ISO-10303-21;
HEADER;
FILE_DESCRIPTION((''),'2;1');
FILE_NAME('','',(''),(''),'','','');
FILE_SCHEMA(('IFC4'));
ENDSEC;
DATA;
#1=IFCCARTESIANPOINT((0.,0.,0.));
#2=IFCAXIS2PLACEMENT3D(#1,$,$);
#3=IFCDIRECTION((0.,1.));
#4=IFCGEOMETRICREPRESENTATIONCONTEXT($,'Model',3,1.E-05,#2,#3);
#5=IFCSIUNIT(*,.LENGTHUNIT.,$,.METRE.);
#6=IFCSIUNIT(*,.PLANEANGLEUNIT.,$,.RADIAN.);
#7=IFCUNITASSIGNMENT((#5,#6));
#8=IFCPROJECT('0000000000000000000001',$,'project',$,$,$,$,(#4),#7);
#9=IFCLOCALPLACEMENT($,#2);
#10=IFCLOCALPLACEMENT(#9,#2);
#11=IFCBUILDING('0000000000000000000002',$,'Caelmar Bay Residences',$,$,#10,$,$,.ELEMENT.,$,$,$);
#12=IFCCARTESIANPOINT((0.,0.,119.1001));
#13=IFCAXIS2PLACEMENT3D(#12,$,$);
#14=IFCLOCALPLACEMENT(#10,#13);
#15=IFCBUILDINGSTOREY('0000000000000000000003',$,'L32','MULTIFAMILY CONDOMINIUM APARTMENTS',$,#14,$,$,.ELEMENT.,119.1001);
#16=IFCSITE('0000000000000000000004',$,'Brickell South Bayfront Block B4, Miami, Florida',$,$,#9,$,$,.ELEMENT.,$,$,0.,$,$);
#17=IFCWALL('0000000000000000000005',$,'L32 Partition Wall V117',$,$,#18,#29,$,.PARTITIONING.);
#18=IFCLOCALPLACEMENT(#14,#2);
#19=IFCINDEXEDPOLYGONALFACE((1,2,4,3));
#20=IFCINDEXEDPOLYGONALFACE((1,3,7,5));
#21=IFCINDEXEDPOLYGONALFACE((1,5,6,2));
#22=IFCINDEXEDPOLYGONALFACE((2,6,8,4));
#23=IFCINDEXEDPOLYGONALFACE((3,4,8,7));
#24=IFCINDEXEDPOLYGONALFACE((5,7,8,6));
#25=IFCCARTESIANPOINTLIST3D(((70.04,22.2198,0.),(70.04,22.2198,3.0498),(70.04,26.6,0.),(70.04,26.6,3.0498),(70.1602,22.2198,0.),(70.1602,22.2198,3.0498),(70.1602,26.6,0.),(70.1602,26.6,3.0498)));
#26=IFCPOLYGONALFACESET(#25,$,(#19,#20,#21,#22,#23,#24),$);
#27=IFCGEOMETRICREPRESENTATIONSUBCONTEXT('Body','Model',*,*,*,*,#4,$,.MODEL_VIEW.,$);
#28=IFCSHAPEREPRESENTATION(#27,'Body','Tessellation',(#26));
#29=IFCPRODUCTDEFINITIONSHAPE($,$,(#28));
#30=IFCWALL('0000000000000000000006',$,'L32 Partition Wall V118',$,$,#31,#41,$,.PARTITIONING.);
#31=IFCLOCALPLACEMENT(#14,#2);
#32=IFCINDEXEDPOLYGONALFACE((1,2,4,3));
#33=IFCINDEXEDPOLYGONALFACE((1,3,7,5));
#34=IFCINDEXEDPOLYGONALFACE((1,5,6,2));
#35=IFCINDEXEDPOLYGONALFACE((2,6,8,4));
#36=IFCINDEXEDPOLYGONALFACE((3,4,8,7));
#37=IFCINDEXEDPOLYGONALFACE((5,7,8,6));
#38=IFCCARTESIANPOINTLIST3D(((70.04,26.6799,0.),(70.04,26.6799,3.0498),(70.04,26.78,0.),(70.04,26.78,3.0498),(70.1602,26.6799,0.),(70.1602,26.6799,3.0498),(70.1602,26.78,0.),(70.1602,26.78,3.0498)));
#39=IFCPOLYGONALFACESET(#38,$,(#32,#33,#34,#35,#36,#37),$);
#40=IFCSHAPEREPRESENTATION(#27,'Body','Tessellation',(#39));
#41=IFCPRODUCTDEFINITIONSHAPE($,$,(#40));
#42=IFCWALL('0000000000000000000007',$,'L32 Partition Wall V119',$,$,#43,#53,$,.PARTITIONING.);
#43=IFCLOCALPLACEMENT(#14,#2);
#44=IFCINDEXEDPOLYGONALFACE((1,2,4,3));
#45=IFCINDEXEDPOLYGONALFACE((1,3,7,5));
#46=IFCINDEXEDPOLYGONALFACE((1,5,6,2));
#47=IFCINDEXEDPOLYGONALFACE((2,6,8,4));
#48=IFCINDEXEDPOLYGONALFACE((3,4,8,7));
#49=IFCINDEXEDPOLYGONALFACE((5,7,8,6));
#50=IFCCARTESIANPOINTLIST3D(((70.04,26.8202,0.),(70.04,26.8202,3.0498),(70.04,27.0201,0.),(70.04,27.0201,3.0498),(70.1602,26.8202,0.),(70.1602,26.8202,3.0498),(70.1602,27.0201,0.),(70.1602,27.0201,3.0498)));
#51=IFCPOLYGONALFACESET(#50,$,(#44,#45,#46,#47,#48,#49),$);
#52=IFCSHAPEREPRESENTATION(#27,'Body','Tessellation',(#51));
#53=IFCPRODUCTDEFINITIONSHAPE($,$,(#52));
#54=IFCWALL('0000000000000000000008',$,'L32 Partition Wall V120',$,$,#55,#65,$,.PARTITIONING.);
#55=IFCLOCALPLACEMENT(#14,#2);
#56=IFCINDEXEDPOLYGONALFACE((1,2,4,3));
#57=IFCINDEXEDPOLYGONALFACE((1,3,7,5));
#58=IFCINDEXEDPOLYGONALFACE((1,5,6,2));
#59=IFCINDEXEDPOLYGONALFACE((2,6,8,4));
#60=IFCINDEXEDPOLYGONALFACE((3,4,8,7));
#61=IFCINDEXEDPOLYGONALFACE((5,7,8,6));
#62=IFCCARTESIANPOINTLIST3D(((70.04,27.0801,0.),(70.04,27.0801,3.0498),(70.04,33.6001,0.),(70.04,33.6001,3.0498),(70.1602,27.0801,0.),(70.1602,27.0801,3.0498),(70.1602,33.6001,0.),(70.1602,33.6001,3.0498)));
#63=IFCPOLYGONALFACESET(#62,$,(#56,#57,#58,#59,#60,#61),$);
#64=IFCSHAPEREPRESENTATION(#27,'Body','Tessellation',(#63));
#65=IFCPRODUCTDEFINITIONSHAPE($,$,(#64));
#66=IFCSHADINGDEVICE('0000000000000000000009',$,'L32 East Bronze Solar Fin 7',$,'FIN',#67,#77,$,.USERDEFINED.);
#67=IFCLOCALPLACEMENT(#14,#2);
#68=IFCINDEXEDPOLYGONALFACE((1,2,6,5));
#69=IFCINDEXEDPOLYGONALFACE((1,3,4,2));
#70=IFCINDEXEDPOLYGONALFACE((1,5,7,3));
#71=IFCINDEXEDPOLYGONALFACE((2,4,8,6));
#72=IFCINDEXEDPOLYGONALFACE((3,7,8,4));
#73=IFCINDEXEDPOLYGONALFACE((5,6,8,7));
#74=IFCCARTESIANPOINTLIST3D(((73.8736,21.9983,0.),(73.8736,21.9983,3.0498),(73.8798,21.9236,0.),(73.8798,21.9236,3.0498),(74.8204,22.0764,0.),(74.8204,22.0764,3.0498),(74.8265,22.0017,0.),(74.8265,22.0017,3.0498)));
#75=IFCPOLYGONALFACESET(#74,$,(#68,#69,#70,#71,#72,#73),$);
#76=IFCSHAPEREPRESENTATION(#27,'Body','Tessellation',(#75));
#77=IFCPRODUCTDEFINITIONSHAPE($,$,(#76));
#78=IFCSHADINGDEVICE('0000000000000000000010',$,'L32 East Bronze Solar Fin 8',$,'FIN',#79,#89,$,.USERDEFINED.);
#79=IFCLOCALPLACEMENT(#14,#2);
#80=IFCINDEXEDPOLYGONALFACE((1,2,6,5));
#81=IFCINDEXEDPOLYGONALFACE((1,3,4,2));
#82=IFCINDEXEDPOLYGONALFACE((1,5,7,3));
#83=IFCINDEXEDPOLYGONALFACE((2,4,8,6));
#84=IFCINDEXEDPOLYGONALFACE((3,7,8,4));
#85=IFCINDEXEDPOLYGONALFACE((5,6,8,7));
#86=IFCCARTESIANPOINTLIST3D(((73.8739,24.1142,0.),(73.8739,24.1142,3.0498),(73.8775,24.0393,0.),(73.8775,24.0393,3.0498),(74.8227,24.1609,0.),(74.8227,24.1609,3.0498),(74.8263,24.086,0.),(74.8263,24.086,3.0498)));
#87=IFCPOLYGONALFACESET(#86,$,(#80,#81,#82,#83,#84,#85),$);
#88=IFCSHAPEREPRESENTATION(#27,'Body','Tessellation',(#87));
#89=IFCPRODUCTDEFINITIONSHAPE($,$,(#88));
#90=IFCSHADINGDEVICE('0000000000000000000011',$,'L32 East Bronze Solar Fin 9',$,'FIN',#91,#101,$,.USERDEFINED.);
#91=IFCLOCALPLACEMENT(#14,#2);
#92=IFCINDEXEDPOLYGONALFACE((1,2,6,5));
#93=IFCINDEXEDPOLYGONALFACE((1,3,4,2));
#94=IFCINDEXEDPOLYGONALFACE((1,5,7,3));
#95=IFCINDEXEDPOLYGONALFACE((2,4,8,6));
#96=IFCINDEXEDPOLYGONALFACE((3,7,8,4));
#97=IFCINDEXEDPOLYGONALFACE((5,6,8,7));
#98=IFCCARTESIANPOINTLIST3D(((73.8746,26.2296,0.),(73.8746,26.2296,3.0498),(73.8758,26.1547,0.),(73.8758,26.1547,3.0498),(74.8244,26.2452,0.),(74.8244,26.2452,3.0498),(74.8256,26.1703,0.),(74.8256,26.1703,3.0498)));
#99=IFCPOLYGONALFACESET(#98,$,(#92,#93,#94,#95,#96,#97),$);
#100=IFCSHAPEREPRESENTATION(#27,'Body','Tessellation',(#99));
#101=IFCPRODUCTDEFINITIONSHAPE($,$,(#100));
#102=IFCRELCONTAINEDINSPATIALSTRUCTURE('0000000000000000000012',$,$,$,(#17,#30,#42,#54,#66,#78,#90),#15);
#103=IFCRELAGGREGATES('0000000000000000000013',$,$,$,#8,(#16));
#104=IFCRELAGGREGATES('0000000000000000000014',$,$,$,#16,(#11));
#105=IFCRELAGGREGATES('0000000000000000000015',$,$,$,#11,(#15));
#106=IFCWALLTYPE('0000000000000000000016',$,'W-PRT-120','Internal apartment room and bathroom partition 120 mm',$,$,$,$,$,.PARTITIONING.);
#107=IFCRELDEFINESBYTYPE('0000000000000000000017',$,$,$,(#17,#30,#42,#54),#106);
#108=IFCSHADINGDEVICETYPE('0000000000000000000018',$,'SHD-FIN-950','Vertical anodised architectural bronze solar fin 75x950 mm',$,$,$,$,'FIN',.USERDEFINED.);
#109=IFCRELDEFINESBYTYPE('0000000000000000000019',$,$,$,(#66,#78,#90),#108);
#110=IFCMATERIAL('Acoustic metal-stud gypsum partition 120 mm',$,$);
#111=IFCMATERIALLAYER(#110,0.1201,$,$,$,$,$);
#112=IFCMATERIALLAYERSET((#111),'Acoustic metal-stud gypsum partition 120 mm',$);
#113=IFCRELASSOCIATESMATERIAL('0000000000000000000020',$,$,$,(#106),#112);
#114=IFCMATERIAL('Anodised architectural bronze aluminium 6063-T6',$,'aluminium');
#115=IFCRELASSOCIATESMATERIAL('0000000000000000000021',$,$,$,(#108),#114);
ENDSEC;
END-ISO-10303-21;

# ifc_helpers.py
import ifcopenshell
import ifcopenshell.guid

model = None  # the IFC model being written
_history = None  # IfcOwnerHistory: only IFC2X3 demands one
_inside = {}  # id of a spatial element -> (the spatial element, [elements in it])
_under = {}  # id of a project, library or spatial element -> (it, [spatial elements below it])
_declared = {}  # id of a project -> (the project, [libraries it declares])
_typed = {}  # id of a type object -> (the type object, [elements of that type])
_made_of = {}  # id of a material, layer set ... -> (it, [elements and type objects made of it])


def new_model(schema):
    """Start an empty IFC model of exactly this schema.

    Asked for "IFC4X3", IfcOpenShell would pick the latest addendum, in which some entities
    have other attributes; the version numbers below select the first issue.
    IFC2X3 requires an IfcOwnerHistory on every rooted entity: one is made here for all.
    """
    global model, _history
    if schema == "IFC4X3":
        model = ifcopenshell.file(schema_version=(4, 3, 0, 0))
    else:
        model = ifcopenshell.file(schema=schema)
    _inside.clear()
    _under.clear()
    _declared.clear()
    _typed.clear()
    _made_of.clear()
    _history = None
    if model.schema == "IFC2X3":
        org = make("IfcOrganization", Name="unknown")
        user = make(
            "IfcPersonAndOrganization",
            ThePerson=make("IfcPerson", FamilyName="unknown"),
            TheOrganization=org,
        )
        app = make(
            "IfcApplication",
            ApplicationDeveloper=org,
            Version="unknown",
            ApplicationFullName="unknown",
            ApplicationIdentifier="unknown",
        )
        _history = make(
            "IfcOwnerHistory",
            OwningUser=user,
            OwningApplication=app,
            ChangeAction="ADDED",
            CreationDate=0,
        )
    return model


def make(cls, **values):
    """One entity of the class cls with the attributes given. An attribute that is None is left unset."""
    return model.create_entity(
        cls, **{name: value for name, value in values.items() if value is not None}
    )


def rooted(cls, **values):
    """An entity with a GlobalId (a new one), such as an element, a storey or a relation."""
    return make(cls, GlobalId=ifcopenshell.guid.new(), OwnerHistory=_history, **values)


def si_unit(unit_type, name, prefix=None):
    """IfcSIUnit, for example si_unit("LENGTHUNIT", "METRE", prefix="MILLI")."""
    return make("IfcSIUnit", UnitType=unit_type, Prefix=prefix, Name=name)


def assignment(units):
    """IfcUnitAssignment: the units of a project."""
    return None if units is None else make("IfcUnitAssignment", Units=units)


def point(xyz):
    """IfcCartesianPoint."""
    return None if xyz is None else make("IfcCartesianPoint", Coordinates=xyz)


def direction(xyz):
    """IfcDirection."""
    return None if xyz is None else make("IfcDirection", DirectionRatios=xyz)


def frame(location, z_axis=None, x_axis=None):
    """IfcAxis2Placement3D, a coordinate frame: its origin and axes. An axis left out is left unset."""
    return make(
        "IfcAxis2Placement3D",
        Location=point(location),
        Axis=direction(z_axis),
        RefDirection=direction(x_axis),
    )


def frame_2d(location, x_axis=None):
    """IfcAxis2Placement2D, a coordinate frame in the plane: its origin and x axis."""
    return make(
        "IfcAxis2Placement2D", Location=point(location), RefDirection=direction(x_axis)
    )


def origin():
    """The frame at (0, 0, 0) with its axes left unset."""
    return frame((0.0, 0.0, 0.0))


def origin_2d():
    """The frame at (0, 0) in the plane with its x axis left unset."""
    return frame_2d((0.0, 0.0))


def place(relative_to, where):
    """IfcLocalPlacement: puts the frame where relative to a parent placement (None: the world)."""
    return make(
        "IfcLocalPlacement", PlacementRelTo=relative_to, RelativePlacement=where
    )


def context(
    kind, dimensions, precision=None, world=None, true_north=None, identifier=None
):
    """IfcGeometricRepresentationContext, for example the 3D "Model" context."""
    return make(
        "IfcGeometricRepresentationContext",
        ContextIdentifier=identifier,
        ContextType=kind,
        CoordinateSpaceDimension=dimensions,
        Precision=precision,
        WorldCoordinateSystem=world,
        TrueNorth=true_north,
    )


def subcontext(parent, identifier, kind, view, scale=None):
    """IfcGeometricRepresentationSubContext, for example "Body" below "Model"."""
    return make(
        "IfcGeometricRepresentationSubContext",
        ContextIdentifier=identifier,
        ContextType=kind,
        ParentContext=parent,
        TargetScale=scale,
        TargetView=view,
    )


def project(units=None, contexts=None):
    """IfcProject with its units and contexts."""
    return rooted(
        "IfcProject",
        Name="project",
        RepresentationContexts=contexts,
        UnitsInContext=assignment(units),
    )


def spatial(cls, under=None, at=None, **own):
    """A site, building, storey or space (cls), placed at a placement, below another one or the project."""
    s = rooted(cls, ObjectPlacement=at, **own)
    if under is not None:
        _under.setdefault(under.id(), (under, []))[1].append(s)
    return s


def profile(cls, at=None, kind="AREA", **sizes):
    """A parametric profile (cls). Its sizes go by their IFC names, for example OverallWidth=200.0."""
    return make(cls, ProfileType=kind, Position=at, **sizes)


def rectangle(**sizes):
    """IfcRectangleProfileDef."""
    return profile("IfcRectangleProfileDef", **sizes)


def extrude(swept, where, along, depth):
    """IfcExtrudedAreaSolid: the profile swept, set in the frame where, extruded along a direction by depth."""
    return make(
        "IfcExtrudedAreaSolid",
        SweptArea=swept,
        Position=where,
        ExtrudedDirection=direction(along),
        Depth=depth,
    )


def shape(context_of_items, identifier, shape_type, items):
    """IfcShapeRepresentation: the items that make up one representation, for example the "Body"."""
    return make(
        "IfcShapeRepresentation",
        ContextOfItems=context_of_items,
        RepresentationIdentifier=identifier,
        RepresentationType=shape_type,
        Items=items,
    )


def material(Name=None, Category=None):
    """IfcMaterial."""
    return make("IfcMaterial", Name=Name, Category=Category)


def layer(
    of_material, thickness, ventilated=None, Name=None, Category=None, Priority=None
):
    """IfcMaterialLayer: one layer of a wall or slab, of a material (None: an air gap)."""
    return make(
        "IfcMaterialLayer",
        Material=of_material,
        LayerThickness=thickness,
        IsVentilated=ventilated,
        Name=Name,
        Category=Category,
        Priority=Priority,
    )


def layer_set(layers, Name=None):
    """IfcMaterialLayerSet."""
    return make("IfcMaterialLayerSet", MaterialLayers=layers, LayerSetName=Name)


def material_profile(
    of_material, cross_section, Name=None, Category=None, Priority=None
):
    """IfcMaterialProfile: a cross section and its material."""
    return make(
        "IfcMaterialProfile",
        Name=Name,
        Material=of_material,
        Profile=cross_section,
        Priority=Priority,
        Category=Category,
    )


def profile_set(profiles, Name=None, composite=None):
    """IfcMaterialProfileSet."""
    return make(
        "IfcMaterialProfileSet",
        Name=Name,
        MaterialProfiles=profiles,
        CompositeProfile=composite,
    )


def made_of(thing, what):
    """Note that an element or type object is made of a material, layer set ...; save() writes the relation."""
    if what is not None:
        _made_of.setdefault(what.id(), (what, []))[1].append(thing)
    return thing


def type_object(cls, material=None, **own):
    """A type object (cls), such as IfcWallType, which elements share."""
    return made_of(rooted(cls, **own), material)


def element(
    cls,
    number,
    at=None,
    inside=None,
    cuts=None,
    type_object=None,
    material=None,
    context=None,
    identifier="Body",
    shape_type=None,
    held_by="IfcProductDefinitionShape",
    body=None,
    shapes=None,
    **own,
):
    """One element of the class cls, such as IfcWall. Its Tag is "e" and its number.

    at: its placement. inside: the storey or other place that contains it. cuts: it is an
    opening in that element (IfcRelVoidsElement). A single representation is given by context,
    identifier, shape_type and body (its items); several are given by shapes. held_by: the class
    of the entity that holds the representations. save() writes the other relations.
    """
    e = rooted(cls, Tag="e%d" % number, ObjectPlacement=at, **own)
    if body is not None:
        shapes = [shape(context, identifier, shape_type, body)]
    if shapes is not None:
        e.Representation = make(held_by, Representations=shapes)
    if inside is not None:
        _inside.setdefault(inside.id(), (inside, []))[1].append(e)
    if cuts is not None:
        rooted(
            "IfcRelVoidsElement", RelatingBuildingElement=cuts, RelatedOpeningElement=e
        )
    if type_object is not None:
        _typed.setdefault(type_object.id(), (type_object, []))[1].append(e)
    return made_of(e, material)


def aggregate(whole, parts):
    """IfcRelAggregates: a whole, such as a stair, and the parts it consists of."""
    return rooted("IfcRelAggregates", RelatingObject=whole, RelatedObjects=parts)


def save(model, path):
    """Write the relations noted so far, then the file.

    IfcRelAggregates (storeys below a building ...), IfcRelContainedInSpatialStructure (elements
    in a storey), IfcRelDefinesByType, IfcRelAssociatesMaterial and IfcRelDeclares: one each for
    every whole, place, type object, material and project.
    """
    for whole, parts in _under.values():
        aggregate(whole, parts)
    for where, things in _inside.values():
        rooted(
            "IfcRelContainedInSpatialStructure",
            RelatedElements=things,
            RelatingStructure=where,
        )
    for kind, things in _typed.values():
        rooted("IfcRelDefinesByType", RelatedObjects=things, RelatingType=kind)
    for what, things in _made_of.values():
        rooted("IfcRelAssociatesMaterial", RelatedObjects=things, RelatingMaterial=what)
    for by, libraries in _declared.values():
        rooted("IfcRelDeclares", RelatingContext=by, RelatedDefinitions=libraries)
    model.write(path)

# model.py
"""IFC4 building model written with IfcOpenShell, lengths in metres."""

from ifc_helpers import new_model, si_unit, direction, frame, frame_2d, origin, origin_2d, place, context, subcontext, project, spatial, rectangle, extrude, material, layer, layer_set, material_profile, profile_set, type_object, element, save


model = new_model("IFC4")

# Units and contexts
model_context = context("Model", 3, precision=1e-05, world=origin(), true_north=direction((0.0, 1.0)))
body_context = subcontext(model_context, "Body", "Model", "MODEL_VIEW")
ifc_project = project(units=[si_unit("LENGTHUNIT", "METRE"), si_unit("PLANEANGLEUNIT", "RADIAN")], contexts=[model_context])

# Site, building, storey
site_placement = place(None, origin())
site = spatial("IfcSite", under=ifc_project, at=site_placement, Name="Brickell South Bayfront Block B4, Miami, Florida", CompositionType="ELEMENT", RefElevation=0.0)
building_placement = place(site_placement, origin())
building = spatial("IfcBuilding", under=site, at=building_placement, Name="Caelmar Bay Residences", CompositionType="ELEMENT")
storey_placement = place(building_placement, frame((0.0, 0.0, 119.1001)))
storey = spatial("IfcBuildingStorey", under=building, at=storey_placement, Name="L32", Description="MULTIFAMILY CONDOMINIUM APARTMENTS", CompositionType="ELEMENT", Elevation=119.1001)

# Shared definitions
ifc_material_1 = material(Name="Acoustic metal-stud gypsum partition 120 mm")
ifc_layer_1 = layer(ifc_material_1, 0.1201)
ifc_layer_set_1 = layer_set([ifc_layer_1], Name="Acoustic metal-stud gypsum partition 120 mm")
wall_type = type_object("IfcWallType", Name="W-PRT-120", Description="Internal apartment room and bathroom partition 120 mm", PredefinedType="PARTITIONING", material=ifc_layer_set_1)

# Walls
wall_1_placement = place(storey_placement, frame((70.1001, 22.22, 0.0), z_axis=(0.0, 0.0, 1.0), x_axis=(0.0, 1.0, 0.0)))
element("IfcWall", 1, at=wall_1_placement, inside=storey, type_object=wall_type, Name="L32 Partition Wall V117", PredefinedType="PARTITIONING", context=body_context, shape_type="SweptSolid", body=[
    extrude(rectangle(XDim=4.3801, YDim=0.1201, at=frame_2d((2.1899, 0.0))), origin(), (0.0, 0.0, 1.0), 3.0498),
])
wall_2_placement = place(storey_placement, frame((70.1001, 26.6799, 0.0), z_axis=(0.0, 0.0, 1.0), x_axis=(0.0, 1.0, 0.0)))
element("IfcWall", 2, at=wall_2_placement, inside=storey, type_object=wall_type, Name="L32 Partition Wall V118", PredefinedType="PARTITIONING", context=body_context, shape_type="SweptSolid", body=[
    extrude(rectangle(XDim=0.1001, YDim=0.1201, at=frame_2d((0.05, 0.0))), origin(), (0.0, 0.0, 1.0), 3.0498),
])
wall_3_placement = place(storey_placement, frame((70.1001, 26.8201, 0.0), z_axis=(0.0, 0.0, 1.0), x_axis=(0.0, 1.0, 0.0)))
element("IfcWall", 3, at=wall_3_placement, inside=storey, type_object=wall_type, Name="L32 Partition Wall V119", PredefinedType="PARTITIONING", context=body_context, shape_type="SweptSolid", body=[
    extrude(rectangle(XDim=0.2, YDim=0.1201, at=frame_2d((0.1001, 0.0))), origin(), (0.0, 0.0, 1.0), 3.0498),
])
wall_4_placement = place(storey_placement, frame((70.1001, 27.0801, 0.0), z_axis=(0.0, 0.0, 1.0), x_axis=(0.0, 1.0, 0.0)))
element("IfcWall", 4, at=wall_4_placement, inside=storey, type_object=wall_type, Name="L32 Partition Wall V120", PredefinedType="PARTITIONING", context=body_context, shape_type="SweptSolid", body=[
    extrude(rectangle(XDim=6.52, YDim=0.1201, at=frame_2d((3.26, 0.0))), origin(), (0.0, 0.0, 1.0), 3.0498),
])

# Shading devices
ifc_material_2 = material(Name="Anodised architectural bronze aluminium 6063-T6", Category="aluminium")
ifc_material_profile_1 = material_profile(ifc_material_2, rectangle(XDim=0.075, YDim=0.95, at=origin_2d()), Name="BRONZE-FIN-75X950")
ifc_profile_set_1 = profile_set([ifc_material_profile_1], Name="Anodised architectural bronze aluminium 6063-T6")
shading_device_type = type_object("IfcShadingDeviceType", Name="SHD-FIN-950", Description="Vertical anodised architectural bronze solar fin 75x950 mm", ElementType="FIN", PredefinedType="USERDEFINED", material=ifc_profile_set_1)
for number, where, z_axis, x_axis, name in (
    (5, (74.3501, 22.0, 0.0), (0.0, 0.0, 1.0), (-0.082112, 0.996623, 0.0), "L32 East Bronze Solar Fin 7"),
    (6, (74.3501, 24.1001, 0.0), (0.0, 0.0, 1.0), (-0.049198, 0.998789, 0.0), "L32 East Bronze Solar Fin 8"),
    (7, (74.3501, 26.2, 0.0), (0.0, 0.0, 1.0), (-0.016405, 0.999865, 0.0), "L32 East Bronze Solar Fin 9"),
):
    element("IfcShadingDevice", number, at=place(storey_placement, frame(where, z_axis=z_axis, x_axis=x_axis)), inside=storey, type_object=shading_device_type, Name=name, ObjectType="FIN", PredefinedType="USERDEFINED", context=body_context, shape_type="SweptSolid", body=[
        extrude(rectangle(XDim=0.075, YDim=0.95, at=origin_2d()), origin(), (0.0, 0.0, 1.0), 3.0498),
    ])

save(model, "model.ifc")
